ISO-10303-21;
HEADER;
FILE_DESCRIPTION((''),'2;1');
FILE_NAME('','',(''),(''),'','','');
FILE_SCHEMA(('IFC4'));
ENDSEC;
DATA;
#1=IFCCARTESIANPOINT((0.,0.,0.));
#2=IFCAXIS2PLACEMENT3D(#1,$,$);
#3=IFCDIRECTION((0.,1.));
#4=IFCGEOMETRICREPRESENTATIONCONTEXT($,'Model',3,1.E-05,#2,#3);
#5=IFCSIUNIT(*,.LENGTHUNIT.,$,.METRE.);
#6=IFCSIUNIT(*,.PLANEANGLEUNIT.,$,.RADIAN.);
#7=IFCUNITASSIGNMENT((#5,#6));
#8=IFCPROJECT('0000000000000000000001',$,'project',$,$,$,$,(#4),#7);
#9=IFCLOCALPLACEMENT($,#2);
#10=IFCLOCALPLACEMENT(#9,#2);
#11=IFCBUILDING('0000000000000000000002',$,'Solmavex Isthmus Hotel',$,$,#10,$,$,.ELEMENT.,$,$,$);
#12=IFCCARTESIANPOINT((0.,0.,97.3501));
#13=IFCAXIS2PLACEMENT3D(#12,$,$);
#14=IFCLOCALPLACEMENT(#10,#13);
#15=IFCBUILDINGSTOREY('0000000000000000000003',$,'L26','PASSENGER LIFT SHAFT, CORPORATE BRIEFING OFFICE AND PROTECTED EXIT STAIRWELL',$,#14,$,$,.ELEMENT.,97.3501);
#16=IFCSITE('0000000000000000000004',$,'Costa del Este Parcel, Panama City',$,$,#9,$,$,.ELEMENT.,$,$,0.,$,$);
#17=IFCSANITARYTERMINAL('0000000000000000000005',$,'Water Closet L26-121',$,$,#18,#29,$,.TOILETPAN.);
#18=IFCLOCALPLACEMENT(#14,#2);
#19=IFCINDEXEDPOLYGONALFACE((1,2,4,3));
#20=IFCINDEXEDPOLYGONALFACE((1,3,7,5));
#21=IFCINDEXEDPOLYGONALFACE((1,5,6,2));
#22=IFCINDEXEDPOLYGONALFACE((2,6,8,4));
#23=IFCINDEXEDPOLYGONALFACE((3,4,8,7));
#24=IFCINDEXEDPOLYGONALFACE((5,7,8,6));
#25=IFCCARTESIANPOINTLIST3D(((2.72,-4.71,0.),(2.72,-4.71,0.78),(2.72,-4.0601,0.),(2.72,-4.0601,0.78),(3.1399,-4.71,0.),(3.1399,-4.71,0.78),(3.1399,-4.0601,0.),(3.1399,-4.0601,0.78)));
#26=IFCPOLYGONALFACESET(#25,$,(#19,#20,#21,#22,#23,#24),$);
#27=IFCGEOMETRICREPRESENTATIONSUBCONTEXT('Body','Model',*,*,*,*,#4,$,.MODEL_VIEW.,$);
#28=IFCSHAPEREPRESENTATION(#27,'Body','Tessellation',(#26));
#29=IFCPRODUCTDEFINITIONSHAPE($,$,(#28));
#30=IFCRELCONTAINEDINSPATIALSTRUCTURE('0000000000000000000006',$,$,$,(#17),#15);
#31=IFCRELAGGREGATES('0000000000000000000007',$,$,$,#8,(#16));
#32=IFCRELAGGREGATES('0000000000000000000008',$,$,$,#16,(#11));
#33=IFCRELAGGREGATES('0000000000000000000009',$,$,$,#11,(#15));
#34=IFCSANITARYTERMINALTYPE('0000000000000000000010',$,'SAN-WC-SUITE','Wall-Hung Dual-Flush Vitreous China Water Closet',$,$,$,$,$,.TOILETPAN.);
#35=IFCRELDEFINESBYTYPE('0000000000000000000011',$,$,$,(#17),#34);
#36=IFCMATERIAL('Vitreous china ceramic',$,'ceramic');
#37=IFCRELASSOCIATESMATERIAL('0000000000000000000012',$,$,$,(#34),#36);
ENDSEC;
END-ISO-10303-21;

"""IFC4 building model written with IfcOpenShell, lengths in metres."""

from ifc_helpers import new_model, si_unit, direction, frame, origin, origin_2d, place, context, subcontext, project, spatial, rectangle, extrude, material, type_object, element, save


model = new_model("IFC4")

# Units and contexts
model_context = context("Model", 3, precision=1e-05, world=origin(), true_north=direction((0.0, 1.0)))
body_context = subcontext(model_context, "Body", "Model", "MODEL_VIEW")
ifc_project = project(units=[si_unit("LENGTHUNIT", "METRE"), si_unit("PLANEANGLEUNIT", "RADIAN")], contexts=[model_context])

# Site, building, storey
site_placement = place(None, origin())
site = spatial("IfcSite", under=ifc_project, at=site_placement, Name="Costa del Este Parcel, Panama City", CompositionType="ELEMENT", RefElevation=0.0)
building_placement = place(site_placement, origin())
building = spatial("IfcBuilding", under=site, at=building_placement, Name="Solmavex Isthmus Hotel", CompositionType="ELEMENT")
storey_placement = place(building_placement, frame((0.0, 0.0, 97.3501)))
storey = spatial("IfcBuildingStorey", under=building, at=storey_placement, Name="L26", Description="PASSENGER LIFT SHAFT, CORPORATE BRIEFING OFFICE AND PROTECTED EXIT STAIRWELL", CompositionType="ELEMENT", Elevation=97.3501)

# Sanitary terminal
ifc_material_1 = material(Name="Vitreous china ceramic", Category="ceramic")
sanitary_terminal_type_1 = type_object("IfcSanitaryTerminalType", Name="SAN-WC-SUITE", Description="Wall-Hung Dual-Flush Vitreous China Water Closet", PredefinedType="TOILETPAN", material=ifc_material_1)
sanitary_terminal_1_placement = place(storey_placement, frame((2.9299, -4.385, 0.0), z_axis=(0.0, 0.0, 1.0), x_axis=(1.0, 0.0, 0.0)))
element("IfcSanitaryTerminal", 1, at=sanitary_terminal_1_placement, inside=storey, type_object=sanitary_terminal_type_1, Name="Water Closet L26-121", PredefinedType="TOILETPAN", context=body_context, shape_type="SweptSolid", body=[
    extrude(rectangle(XDim=0.4199, YDim=0.6499, at=origin_2d()), origin(), (0.0, 0.0, 1.0), 0.78),
])

save(model, "model.ifc")
